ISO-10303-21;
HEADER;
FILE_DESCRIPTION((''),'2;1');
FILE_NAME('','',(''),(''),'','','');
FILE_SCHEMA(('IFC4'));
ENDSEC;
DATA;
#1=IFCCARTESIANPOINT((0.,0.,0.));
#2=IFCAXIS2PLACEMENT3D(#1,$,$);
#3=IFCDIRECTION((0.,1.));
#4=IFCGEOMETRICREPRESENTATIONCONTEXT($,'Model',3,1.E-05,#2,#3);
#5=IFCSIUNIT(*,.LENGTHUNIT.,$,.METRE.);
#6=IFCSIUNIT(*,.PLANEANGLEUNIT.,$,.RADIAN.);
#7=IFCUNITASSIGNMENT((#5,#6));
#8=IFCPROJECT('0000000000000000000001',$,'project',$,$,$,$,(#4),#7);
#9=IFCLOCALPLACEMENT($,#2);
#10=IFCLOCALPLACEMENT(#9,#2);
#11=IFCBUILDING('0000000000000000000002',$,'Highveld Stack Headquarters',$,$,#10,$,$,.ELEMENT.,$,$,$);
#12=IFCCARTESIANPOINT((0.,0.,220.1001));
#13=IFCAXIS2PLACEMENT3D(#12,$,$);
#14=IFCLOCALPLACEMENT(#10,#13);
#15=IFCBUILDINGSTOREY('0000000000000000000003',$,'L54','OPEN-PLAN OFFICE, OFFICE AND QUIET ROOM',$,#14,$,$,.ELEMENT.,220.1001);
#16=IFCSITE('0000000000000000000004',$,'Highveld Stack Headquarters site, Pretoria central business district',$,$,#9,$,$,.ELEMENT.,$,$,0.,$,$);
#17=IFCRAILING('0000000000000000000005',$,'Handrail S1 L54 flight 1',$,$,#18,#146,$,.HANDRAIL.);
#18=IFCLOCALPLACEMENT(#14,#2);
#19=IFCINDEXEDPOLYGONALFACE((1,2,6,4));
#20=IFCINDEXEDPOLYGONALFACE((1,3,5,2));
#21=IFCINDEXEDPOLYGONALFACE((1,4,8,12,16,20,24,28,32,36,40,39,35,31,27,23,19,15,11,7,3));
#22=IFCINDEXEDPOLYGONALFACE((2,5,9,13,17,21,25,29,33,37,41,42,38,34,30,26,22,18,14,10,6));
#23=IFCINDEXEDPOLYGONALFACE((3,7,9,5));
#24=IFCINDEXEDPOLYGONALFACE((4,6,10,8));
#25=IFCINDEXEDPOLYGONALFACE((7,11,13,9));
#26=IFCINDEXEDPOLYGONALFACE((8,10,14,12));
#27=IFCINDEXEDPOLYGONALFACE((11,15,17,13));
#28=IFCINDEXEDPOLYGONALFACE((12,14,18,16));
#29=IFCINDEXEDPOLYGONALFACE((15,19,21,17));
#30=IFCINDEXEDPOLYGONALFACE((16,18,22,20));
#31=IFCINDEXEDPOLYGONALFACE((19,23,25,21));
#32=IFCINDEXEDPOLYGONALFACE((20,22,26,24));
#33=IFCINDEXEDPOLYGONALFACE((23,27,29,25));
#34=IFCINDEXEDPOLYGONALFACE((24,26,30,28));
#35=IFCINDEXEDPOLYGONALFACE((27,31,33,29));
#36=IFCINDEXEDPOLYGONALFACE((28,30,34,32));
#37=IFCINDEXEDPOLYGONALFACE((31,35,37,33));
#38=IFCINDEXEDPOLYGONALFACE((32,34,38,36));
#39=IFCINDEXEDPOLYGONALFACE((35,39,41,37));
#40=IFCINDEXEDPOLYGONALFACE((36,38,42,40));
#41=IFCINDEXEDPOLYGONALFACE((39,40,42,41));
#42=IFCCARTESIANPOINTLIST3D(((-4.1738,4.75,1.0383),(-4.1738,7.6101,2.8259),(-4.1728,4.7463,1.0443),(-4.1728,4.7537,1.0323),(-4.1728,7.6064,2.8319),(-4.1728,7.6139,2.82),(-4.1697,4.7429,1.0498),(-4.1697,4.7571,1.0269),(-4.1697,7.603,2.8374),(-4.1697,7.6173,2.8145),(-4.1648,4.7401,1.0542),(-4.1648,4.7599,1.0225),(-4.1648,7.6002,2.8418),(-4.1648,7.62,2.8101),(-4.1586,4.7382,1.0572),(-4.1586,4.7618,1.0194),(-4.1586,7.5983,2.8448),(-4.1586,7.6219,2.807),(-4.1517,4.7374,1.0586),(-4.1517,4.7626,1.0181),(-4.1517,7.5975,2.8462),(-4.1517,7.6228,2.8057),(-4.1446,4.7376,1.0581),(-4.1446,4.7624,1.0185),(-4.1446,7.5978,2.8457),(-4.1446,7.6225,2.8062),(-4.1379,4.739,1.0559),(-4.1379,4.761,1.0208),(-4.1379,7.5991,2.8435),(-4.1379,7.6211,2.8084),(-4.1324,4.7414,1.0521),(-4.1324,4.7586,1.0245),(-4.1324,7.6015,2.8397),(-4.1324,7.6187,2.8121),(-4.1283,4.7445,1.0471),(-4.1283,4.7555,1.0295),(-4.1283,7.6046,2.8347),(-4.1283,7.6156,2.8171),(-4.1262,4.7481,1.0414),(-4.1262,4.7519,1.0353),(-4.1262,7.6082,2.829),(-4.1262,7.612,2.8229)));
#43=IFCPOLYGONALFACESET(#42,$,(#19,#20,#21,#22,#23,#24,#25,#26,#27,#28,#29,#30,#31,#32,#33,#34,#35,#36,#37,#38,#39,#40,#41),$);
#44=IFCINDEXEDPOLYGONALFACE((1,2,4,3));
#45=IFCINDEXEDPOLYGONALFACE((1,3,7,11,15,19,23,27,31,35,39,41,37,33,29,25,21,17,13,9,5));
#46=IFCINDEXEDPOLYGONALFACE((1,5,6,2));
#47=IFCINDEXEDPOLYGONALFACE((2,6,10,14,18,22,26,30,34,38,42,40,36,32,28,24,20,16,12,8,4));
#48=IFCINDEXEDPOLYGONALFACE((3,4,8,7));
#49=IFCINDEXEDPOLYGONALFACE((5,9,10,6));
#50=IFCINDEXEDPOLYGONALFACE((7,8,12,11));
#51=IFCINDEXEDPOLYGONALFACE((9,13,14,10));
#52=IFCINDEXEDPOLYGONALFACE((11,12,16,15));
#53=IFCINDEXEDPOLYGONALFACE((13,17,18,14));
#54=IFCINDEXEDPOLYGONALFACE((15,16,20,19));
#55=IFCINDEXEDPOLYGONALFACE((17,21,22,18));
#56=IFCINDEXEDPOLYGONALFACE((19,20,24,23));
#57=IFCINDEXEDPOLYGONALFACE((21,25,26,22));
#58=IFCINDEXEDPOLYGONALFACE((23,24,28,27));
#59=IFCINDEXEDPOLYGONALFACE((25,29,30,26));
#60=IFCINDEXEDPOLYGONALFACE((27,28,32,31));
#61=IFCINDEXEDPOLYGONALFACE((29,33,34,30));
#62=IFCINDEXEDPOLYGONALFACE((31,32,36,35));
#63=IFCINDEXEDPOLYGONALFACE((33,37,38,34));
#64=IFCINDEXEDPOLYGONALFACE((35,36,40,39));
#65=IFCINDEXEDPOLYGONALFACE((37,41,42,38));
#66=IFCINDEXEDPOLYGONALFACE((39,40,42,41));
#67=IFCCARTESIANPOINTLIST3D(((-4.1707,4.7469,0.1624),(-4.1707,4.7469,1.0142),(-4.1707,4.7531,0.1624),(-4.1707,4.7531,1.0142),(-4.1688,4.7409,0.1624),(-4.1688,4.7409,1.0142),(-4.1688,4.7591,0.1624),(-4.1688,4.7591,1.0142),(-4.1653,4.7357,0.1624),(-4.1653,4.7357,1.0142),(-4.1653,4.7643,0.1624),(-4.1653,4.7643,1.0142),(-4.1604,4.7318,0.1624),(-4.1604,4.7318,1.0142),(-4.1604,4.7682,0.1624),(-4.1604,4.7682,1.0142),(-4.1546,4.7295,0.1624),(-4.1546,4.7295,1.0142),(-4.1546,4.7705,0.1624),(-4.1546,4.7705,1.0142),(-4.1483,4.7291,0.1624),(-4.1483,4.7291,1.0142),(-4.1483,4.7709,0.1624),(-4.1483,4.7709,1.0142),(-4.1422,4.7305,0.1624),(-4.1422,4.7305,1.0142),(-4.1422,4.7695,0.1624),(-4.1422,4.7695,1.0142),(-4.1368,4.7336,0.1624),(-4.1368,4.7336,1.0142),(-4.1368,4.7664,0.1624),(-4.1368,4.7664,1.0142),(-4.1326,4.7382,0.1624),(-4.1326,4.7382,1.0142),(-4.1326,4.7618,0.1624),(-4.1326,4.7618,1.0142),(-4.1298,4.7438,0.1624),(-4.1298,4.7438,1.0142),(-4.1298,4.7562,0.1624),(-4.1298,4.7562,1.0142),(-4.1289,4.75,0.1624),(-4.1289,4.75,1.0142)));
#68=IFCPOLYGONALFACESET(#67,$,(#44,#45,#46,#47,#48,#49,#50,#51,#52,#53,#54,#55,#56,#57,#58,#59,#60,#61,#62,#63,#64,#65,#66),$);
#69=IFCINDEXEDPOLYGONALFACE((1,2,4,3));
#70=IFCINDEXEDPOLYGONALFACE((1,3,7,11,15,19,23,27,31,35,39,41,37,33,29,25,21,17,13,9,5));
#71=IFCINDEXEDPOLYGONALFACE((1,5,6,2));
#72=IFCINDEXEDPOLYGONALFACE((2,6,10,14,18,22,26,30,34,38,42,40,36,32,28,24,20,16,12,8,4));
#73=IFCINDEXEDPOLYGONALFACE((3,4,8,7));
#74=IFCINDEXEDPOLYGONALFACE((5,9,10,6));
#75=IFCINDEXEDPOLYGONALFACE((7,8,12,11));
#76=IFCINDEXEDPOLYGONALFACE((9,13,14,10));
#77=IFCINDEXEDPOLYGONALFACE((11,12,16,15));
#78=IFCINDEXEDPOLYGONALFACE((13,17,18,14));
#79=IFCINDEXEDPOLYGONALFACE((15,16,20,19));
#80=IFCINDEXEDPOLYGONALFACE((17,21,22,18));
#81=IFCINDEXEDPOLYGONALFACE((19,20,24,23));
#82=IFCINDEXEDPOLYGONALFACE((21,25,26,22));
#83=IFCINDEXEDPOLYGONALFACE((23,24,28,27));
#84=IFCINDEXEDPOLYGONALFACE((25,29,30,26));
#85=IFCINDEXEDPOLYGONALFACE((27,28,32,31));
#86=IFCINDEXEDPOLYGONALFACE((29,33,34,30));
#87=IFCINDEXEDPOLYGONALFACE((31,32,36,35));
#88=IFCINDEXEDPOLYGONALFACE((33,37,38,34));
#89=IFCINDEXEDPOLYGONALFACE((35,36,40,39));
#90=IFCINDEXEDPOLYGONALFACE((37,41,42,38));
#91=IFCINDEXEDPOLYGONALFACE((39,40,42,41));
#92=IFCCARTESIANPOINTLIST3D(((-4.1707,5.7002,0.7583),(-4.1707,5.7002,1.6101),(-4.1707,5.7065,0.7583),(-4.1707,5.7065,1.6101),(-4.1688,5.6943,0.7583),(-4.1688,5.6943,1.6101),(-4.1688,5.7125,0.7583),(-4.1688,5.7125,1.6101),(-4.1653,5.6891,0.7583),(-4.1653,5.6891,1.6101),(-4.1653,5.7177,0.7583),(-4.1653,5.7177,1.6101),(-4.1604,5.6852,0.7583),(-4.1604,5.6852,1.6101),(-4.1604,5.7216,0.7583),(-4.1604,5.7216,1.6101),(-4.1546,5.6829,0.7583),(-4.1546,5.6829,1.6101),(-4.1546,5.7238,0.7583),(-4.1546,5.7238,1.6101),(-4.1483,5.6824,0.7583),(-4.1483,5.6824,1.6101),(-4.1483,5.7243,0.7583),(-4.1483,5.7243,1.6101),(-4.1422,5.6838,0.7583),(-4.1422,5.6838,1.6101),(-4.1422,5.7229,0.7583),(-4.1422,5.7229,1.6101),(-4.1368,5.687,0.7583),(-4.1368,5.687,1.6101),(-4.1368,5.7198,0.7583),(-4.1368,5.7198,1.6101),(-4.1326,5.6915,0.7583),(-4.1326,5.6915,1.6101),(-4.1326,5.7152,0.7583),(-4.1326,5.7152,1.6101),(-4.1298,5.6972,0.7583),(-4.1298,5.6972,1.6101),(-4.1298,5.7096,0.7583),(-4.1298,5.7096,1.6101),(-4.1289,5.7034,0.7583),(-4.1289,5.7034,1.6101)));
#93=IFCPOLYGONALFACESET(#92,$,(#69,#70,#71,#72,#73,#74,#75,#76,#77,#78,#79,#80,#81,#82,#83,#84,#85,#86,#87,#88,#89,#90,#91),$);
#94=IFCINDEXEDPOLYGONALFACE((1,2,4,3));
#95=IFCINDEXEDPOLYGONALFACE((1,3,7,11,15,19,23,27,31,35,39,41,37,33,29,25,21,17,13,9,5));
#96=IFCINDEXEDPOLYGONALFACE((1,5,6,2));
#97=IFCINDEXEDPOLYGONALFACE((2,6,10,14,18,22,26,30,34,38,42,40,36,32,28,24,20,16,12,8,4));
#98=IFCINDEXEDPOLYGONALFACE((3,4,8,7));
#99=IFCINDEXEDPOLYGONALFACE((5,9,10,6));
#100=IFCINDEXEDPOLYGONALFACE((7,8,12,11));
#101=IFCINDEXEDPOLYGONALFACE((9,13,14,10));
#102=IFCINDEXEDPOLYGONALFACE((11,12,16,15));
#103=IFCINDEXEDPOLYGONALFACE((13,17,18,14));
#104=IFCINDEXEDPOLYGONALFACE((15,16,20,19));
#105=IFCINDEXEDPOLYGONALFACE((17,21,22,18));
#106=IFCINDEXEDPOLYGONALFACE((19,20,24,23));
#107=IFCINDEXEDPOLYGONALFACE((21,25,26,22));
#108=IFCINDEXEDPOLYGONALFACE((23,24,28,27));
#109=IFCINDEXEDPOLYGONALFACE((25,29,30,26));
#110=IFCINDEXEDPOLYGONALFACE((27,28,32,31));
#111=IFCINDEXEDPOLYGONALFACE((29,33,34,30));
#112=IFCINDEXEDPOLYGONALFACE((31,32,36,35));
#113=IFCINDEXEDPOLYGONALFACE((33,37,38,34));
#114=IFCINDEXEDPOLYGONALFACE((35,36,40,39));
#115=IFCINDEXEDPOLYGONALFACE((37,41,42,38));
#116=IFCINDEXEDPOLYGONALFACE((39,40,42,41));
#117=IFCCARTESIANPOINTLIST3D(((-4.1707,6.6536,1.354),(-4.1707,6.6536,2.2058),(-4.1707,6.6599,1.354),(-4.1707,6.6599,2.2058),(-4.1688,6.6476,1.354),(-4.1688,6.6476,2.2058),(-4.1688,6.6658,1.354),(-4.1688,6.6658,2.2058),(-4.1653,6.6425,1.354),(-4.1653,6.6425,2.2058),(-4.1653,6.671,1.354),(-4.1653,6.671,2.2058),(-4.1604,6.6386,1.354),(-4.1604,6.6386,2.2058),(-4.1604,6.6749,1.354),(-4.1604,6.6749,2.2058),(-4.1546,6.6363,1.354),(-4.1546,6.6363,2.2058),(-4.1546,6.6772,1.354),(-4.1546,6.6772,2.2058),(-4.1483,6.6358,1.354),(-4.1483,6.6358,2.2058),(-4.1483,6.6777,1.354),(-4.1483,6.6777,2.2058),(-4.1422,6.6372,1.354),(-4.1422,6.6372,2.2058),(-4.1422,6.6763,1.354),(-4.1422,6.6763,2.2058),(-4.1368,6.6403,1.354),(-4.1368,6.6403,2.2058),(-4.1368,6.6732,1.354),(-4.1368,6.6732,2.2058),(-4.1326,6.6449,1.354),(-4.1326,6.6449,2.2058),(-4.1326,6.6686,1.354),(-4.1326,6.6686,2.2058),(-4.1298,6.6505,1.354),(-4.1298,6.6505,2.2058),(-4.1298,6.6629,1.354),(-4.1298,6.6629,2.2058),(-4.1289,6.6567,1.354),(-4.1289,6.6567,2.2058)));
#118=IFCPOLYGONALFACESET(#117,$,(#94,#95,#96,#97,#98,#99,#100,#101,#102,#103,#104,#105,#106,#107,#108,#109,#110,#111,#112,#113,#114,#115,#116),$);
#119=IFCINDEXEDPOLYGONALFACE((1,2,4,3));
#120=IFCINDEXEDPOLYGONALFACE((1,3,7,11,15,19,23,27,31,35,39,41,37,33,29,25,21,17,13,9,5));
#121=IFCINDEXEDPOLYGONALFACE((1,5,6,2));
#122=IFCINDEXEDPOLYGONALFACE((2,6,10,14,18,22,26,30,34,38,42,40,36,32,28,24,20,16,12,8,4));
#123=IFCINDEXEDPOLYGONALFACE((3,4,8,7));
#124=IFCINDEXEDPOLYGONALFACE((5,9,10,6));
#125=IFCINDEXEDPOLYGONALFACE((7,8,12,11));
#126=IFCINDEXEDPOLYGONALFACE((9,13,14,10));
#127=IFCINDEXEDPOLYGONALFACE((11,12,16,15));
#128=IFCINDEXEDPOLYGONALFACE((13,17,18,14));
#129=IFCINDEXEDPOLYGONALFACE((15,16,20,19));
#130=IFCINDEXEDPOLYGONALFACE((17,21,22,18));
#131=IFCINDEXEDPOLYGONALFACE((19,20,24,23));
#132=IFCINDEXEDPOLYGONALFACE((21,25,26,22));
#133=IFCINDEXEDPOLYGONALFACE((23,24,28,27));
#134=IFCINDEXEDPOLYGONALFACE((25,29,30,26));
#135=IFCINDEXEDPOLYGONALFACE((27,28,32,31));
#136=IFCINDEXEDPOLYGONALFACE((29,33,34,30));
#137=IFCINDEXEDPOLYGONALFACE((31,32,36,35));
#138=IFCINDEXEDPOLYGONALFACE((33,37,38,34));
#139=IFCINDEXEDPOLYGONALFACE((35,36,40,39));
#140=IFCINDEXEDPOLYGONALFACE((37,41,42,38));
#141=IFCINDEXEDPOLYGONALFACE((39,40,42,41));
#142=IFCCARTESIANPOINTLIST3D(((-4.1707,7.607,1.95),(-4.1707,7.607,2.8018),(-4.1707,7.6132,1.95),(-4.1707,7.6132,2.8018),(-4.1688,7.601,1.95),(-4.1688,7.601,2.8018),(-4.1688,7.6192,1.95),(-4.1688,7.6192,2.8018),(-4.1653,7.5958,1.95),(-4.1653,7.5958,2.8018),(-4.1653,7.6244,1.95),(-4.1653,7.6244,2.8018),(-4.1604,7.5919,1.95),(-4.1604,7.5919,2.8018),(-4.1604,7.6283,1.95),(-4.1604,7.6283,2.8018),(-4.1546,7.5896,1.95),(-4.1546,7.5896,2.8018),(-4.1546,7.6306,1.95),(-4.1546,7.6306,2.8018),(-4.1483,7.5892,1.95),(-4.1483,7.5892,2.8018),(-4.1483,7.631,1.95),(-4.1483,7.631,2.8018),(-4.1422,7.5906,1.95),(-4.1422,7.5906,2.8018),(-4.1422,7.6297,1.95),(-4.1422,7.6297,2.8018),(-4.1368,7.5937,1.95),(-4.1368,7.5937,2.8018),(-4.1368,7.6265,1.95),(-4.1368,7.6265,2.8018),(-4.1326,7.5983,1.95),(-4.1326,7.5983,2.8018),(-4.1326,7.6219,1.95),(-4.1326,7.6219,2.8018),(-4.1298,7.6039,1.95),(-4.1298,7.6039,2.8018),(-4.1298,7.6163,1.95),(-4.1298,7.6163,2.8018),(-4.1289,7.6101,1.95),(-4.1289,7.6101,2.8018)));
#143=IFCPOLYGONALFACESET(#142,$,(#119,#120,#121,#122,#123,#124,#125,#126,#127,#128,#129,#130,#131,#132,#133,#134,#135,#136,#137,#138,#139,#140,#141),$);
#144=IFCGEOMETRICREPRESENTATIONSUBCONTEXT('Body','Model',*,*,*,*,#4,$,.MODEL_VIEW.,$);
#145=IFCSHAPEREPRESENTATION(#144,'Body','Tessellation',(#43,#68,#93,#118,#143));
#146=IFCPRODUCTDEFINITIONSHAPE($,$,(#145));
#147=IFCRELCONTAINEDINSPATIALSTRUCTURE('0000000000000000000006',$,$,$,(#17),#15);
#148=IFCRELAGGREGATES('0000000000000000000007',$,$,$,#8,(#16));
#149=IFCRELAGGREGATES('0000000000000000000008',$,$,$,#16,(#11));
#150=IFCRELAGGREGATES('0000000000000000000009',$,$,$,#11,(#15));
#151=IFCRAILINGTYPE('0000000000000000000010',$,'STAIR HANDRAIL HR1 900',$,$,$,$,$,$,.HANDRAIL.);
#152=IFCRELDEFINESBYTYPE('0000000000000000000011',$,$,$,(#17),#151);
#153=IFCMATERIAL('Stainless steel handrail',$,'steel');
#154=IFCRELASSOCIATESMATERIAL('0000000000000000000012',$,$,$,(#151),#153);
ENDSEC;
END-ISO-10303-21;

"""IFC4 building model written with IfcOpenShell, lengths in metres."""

from ifc_helpers import new_model, si_unit, direction, frame, origin, origin_2d, place, context, subcontext, project, spatial, circle, extrude, material, type_object, element, save


model = new_model("IFC4")

# Units and contexts
model_context = context("Model", 3, precision=1e-05, world=origin(), true_north=direction((0.0, 1.0)))
body_context = subcontext(model_context, "Body", "Model", "MODEL_VIEW")
ifc_project = project(units=[si_unit("LENGTHUNIT", "METRE"), si_unit("PLANEANGLEUNIT", "RADIAN")], contexts=[model_context])

# Site, building, storey
site_placement = place(None, origin())
site = spatial("IfcSite", under=ifc_project, at=site_placement, Name="Highveld Stack Headquarters site, Pretoria central business district", CompositionType="ELEMENT", RefElevation=0.0)
building_placement = place(site_placement, origin())
building = spatial("IfcBuilding", under=site, at=building_placement, Name="Highveld Stack Headquarters", CompositionType="ELEMENT")
storey_placement = place(building_placement, frame((0.0, 0.0, 220.1001)))
storey = spatial("IfcBuildingStorey", under=building, at=storey_placement, Name="L54", Description="OPEN-PLAN OFFICE, OFFICE AND QUIET ROOM", CompositionType="ELEMENT", Elevation=220.1001)

# Railing
ifc_material_1 = material(Name="Stainless steel handrail", Category="steel")
railing_type = type_object("IfcRailingType", Name="STAIR HANDRAIL HR1 900", PredefinedType="HANDRAIL", material=ifc_material_1)
for number, where, name in (
    (1, (-4.1499, 4.75, 0.1624), "Handrail S1 L54 flight 1"),
):
    element("IfcRailing", number, at=place(storey_placement, frame(where)), inside=storey, type_object=railing_type, Name=name, PredefinedType="HANDRAIL", context=body_context, shape_type="SweptSolid", body=[
        extrude(circle(Radius=0.0239, at=origin_2d()), frame((0.0, 0.0, 0.876), z_axis=(0.0, 0.847994, 0.530005), x_axis=(-1.0, 0.0, 0.0)), (0.0, 0.0, 1.0), 3.3728),
        extrude(circle(Radius=0.021, at=origin_2d()), origin(), (0.0, 0.0, 1.0), 0.8518),
        extrude(circle(Radius=0.021, at=origin_2d()), frame((0.0, 0.9534, 0.5959)), (0.0, 0.0, 1.0), 0.8518),
        extrude(circle(Radius=0.021, at=origin_2d()), frame((0.0, 1.9067, 1.1917)), (0.0, 0.0, 1.0), 0.8518),
        extrude(circle(Radius=0.021, at=origin_2d()), frame((0.0, 2.8601, 1.7876)), (0.0, 0.0, 1.0), 0.8518),
    ])

save(model, "model.ifc")
